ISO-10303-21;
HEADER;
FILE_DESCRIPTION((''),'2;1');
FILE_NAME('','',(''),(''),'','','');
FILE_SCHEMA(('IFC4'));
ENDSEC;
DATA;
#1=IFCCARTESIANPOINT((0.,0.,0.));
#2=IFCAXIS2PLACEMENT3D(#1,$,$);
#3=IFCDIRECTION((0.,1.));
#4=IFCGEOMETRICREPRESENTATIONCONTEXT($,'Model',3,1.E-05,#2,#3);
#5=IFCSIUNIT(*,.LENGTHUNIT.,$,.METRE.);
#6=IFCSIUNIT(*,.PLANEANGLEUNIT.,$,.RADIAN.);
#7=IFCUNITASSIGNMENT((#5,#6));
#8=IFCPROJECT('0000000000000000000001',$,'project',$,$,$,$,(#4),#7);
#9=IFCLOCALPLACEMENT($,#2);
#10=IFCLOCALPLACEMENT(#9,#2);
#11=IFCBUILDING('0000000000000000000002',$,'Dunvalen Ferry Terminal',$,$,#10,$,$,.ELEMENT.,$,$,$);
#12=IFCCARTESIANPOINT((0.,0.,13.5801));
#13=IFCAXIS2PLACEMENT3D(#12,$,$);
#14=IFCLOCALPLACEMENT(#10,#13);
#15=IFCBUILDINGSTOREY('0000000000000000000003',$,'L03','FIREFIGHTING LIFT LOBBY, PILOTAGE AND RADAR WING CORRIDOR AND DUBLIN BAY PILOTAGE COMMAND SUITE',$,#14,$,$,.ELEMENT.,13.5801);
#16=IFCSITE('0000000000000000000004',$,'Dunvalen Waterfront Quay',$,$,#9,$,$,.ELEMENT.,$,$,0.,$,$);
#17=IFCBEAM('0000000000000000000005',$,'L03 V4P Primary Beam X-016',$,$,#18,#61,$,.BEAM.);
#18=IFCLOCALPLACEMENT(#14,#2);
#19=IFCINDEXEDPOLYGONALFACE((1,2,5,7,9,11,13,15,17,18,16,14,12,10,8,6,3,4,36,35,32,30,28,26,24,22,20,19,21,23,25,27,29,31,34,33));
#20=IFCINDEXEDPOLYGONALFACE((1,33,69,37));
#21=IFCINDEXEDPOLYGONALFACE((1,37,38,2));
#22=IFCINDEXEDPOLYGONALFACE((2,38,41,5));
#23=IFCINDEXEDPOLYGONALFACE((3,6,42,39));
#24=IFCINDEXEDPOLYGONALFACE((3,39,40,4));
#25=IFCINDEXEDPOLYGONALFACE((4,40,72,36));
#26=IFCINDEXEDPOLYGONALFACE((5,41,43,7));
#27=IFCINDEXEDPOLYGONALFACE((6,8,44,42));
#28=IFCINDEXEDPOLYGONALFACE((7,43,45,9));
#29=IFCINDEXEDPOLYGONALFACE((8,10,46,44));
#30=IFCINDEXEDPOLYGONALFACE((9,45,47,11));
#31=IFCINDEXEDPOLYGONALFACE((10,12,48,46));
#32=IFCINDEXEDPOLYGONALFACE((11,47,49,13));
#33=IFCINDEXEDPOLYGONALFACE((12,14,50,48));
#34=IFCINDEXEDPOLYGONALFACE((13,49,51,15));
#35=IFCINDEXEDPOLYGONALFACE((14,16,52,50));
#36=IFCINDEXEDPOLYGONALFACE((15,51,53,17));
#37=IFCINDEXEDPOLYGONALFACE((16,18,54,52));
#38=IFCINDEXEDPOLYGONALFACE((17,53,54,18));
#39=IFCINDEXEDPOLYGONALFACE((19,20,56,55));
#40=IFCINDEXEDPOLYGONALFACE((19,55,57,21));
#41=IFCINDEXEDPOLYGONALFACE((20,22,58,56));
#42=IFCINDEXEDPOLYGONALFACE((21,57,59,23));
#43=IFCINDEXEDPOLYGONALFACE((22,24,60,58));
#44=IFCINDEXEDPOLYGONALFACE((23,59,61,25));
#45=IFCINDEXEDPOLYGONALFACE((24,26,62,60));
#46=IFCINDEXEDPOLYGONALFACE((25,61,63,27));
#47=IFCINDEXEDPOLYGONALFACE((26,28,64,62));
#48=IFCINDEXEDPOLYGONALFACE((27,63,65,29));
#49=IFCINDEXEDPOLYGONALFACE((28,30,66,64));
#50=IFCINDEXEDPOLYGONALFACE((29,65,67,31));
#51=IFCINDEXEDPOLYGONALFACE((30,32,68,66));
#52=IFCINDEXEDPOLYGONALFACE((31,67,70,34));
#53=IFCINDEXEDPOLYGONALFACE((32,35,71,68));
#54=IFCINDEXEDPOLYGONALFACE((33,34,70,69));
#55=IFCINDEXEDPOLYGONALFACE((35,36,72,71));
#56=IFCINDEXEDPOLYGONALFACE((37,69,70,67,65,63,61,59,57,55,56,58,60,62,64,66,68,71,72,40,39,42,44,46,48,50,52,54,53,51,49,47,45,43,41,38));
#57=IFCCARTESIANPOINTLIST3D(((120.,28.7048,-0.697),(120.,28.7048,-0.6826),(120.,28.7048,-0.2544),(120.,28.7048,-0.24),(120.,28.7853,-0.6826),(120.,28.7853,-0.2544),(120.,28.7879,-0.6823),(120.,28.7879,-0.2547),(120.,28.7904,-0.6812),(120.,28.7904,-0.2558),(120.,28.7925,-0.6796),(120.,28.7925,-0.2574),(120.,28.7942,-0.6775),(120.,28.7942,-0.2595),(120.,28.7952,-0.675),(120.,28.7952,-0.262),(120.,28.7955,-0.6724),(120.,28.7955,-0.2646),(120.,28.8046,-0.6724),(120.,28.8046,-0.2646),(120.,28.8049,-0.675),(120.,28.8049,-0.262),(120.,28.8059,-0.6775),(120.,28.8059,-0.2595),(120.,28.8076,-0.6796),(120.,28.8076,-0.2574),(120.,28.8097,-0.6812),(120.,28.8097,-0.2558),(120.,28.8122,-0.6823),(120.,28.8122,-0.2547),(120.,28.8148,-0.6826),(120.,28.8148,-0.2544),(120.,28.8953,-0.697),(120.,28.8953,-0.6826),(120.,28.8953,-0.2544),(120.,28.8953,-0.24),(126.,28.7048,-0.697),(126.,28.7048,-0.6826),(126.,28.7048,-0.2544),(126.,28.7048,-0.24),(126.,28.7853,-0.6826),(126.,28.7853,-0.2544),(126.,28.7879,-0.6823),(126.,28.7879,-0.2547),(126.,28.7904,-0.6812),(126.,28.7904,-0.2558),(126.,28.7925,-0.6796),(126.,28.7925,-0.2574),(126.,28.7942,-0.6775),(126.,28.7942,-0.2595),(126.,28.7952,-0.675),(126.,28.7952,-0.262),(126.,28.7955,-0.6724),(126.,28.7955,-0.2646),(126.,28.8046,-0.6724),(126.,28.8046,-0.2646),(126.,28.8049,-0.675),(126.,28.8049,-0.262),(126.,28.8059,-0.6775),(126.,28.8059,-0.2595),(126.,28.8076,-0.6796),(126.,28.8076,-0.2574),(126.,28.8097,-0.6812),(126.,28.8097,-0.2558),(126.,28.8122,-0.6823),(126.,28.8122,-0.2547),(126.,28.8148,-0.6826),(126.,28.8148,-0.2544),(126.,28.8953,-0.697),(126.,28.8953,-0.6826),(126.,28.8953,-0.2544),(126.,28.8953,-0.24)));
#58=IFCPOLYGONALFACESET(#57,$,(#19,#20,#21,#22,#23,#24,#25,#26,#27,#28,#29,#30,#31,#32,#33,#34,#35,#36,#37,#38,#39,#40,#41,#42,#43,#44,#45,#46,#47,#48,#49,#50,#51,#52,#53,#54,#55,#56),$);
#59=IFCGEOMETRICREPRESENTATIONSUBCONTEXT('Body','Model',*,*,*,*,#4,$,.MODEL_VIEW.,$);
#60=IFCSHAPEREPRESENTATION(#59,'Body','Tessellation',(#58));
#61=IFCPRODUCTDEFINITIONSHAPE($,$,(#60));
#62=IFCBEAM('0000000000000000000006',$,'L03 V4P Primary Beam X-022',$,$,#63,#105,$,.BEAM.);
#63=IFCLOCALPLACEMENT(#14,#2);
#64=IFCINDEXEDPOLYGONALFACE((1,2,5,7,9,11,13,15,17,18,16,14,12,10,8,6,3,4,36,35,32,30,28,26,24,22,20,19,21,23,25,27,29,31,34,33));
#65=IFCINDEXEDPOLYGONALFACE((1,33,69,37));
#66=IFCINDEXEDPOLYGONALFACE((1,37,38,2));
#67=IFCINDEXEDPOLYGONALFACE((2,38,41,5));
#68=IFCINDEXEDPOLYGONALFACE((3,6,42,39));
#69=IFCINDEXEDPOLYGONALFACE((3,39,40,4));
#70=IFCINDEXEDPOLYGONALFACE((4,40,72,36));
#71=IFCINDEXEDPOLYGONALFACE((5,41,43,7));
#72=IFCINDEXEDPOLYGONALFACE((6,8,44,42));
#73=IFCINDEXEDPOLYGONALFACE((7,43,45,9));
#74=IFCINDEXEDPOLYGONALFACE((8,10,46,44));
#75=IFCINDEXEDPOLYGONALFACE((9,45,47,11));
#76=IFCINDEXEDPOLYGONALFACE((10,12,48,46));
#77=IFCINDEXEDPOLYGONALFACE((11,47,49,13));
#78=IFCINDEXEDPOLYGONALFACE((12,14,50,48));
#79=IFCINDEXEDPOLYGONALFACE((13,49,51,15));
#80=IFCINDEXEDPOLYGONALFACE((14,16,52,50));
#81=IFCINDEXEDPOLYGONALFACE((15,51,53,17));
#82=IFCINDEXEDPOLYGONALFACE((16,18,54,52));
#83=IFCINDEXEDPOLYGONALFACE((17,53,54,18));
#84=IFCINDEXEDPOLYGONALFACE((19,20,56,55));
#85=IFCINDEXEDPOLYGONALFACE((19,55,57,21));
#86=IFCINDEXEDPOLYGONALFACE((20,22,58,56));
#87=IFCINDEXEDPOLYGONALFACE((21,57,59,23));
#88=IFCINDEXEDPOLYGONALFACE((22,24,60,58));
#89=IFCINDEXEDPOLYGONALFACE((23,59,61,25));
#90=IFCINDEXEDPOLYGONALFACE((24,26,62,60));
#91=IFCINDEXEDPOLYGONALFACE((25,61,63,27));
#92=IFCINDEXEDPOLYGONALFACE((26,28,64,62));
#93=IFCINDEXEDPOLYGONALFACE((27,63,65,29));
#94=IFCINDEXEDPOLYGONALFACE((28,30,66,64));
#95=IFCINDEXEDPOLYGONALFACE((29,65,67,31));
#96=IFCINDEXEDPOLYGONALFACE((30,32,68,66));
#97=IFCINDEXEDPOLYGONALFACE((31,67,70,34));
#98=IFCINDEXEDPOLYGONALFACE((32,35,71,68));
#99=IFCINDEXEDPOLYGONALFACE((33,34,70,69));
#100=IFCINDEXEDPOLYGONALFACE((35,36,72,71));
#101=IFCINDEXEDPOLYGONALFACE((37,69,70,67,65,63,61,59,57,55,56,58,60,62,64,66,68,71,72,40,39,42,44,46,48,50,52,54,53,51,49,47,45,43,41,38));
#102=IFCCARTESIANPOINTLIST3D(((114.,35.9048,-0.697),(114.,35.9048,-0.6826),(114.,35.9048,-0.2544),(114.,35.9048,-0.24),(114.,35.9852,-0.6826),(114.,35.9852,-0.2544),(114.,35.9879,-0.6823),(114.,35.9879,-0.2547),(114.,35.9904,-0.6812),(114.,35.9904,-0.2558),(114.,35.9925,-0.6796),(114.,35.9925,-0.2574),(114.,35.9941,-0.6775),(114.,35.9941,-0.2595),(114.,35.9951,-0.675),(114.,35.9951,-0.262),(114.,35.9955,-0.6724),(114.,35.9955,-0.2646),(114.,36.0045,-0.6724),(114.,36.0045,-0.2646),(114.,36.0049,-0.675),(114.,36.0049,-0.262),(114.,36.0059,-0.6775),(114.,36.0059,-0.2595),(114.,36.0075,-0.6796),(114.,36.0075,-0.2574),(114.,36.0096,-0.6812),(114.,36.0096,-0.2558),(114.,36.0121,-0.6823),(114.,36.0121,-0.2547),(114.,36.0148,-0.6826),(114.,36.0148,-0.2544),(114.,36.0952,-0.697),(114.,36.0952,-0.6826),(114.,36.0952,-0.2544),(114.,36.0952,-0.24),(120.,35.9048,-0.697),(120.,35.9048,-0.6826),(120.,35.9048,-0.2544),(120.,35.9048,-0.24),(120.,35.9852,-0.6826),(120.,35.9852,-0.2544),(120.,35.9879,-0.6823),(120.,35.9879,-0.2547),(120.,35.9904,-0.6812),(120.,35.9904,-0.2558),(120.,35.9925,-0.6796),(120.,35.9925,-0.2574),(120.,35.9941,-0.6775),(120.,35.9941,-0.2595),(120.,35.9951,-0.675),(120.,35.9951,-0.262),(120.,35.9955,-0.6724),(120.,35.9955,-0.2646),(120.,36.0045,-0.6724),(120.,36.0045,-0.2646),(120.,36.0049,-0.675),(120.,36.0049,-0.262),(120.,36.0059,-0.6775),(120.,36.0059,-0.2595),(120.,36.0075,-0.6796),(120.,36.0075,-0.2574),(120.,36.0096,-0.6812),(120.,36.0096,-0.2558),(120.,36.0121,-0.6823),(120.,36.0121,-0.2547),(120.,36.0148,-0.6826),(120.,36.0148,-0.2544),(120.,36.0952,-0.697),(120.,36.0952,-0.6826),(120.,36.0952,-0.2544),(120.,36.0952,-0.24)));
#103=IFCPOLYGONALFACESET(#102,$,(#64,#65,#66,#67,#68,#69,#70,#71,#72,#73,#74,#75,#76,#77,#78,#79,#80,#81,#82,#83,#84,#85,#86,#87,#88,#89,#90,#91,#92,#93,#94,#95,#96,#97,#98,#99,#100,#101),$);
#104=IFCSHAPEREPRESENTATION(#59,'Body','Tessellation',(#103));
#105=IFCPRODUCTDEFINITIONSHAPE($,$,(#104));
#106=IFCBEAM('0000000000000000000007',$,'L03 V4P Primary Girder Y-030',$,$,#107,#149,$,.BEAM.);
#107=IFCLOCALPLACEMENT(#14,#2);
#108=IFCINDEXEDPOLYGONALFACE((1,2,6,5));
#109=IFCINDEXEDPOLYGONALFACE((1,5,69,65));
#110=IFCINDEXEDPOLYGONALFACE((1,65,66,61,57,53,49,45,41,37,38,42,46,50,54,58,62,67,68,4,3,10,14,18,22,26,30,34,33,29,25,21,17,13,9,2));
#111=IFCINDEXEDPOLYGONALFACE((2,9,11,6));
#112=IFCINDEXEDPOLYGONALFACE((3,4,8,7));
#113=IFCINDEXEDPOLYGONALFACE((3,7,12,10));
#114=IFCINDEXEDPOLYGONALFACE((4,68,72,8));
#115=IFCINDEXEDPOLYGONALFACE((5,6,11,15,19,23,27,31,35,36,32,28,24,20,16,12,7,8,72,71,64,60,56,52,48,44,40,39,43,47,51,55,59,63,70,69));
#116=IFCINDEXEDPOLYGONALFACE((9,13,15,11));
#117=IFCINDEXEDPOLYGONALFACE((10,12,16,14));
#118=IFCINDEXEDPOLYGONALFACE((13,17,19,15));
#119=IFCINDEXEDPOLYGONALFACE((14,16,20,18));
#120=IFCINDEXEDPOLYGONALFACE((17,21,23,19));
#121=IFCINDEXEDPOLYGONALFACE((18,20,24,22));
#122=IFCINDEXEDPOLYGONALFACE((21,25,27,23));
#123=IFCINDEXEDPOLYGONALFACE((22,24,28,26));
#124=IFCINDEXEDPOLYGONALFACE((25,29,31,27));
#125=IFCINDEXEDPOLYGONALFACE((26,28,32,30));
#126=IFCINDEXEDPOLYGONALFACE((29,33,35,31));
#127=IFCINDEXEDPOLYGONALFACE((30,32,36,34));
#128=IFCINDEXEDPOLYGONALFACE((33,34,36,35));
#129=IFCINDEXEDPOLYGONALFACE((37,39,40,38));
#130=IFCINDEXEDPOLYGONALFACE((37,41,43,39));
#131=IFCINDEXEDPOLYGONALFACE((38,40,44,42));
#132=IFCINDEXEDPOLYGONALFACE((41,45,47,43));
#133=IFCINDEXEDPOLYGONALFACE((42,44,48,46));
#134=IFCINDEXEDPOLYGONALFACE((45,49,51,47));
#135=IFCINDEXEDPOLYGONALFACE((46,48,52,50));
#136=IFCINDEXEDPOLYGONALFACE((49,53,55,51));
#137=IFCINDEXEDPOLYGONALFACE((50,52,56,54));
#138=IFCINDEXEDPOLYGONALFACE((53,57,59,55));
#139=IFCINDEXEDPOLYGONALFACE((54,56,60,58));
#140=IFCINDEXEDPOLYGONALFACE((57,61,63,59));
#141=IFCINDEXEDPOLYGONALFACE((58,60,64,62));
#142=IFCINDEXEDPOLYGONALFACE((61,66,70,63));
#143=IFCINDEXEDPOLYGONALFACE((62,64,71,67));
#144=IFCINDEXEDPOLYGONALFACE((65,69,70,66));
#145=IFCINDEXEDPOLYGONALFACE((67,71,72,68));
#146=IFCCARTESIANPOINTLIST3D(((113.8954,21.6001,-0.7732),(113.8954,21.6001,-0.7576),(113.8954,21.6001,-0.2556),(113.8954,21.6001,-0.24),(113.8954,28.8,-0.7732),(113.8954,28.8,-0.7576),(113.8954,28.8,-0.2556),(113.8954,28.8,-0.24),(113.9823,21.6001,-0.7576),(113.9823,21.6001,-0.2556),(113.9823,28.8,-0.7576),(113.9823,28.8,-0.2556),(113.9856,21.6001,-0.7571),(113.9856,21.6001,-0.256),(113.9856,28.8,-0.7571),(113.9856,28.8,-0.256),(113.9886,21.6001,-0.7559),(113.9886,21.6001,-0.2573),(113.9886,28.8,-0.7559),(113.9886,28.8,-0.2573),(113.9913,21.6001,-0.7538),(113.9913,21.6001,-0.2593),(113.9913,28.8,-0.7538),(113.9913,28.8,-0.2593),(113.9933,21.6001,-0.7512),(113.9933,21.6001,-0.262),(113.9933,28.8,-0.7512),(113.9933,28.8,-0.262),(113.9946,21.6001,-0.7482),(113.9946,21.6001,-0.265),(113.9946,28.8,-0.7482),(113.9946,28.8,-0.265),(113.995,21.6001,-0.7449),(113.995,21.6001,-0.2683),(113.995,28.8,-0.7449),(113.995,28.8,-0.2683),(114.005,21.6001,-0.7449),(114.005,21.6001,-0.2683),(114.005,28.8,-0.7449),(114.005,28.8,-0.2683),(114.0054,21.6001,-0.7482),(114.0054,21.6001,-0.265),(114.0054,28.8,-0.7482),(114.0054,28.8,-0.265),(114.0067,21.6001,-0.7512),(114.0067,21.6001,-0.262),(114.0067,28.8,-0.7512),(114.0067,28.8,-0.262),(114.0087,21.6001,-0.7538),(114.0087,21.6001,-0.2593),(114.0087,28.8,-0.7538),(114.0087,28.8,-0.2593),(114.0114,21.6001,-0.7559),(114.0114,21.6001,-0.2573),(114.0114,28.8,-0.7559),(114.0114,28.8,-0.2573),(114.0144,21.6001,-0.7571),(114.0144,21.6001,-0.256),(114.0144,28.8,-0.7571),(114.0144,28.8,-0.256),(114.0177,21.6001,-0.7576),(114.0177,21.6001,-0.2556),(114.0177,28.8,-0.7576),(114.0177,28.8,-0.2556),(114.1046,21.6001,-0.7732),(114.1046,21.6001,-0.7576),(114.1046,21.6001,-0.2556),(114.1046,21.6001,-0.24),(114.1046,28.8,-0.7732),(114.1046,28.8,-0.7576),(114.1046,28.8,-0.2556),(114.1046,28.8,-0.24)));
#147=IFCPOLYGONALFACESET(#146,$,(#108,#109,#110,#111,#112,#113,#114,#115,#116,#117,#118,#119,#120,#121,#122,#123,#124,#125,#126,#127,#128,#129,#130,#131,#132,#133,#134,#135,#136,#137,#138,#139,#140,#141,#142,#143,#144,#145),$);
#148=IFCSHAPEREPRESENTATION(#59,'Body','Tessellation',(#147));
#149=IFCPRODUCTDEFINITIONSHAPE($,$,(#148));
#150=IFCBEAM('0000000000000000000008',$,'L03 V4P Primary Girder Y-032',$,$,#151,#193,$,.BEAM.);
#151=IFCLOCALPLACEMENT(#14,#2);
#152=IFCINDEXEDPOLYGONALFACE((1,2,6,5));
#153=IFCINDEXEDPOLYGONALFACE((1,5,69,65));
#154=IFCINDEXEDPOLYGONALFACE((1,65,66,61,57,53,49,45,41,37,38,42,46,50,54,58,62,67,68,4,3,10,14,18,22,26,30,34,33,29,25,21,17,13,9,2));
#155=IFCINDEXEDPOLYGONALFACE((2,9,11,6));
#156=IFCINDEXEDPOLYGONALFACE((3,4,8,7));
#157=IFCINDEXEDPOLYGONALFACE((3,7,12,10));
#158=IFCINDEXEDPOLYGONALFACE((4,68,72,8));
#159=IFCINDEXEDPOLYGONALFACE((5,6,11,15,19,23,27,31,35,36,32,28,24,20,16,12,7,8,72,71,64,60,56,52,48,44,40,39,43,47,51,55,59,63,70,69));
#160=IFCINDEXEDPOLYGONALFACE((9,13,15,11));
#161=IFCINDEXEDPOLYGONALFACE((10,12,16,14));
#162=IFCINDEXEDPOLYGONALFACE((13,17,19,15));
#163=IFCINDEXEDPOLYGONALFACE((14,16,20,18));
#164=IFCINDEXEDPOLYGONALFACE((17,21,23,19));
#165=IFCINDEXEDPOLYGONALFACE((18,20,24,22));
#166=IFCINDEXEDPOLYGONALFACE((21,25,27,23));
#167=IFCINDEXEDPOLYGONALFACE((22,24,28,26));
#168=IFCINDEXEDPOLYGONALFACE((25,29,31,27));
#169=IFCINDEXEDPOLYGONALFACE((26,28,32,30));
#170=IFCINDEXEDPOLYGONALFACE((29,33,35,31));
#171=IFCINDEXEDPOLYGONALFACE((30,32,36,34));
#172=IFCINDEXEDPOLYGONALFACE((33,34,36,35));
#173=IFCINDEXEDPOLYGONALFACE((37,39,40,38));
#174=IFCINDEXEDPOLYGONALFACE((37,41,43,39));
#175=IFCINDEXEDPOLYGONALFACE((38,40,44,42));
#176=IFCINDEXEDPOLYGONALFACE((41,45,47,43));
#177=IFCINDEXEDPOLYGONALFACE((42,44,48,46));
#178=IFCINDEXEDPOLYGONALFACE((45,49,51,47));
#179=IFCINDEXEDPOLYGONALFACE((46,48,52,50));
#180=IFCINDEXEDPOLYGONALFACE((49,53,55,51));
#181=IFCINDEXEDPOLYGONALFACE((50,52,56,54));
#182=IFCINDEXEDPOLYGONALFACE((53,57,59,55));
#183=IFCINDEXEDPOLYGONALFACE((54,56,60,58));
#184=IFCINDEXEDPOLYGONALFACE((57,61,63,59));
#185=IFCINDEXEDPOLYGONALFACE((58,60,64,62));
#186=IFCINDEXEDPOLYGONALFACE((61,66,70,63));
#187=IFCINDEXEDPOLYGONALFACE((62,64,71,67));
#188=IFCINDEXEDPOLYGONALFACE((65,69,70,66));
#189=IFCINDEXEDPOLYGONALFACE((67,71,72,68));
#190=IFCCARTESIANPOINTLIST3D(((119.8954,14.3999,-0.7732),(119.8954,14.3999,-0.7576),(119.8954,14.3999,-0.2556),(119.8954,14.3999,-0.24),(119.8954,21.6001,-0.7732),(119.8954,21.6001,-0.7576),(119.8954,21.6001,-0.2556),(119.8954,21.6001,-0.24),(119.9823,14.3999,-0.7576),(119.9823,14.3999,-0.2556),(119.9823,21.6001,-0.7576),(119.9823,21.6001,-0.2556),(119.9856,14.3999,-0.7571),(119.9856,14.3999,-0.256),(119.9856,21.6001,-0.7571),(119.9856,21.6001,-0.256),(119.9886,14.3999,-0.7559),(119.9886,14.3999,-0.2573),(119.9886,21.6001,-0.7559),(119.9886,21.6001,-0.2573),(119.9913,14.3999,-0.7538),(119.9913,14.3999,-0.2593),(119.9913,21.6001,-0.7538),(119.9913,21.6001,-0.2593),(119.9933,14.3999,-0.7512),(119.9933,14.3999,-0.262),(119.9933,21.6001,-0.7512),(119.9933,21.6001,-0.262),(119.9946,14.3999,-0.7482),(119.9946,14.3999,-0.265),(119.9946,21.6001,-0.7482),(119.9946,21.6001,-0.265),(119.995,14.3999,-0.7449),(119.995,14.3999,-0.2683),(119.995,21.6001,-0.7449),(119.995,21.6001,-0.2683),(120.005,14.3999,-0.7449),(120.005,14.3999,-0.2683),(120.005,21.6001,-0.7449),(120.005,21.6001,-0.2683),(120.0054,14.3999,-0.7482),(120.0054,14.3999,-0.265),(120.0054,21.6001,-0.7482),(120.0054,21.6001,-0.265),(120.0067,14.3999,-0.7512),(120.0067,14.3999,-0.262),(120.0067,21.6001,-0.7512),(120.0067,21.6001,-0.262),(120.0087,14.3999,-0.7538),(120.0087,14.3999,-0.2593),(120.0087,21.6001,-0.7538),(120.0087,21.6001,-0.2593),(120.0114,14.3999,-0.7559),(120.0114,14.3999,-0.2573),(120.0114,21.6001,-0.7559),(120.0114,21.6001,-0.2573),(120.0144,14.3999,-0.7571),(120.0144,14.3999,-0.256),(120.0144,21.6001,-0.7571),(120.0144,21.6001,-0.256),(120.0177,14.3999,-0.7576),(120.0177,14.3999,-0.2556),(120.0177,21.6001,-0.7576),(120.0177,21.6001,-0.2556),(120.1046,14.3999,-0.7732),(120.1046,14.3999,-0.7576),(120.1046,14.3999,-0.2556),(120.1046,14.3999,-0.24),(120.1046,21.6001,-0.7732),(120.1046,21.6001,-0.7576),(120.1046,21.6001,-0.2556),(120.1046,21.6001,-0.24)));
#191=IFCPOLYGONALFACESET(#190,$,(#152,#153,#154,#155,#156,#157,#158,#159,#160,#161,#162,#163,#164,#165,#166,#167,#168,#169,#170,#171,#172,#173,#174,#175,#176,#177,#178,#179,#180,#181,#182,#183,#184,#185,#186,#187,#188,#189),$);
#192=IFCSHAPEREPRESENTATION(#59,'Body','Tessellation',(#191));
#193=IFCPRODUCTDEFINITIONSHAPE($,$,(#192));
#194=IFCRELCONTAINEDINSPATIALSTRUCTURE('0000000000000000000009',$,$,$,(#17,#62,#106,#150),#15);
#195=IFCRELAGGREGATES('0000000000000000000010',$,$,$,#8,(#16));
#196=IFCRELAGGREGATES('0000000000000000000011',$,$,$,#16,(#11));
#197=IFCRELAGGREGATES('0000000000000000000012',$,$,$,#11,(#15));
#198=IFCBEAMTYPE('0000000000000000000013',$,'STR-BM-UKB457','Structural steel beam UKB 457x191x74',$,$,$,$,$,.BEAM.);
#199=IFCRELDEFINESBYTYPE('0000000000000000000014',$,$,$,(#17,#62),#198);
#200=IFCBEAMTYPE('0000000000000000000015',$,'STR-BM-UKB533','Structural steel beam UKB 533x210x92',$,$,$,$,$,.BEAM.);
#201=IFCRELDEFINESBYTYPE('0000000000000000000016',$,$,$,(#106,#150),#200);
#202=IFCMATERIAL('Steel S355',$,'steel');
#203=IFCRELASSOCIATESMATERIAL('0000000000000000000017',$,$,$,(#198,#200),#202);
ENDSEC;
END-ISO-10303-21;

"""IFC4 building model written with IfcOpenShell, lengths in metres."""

from ifc_helpers import new_model, si_unit, direction, frame, origin, origin_2d, place, context, subcontext, project, spatial, i_section, extrude, material, material_profile, profile_set, type_object, element, save


model = new_model("IFC4")

# Units and contexts
model_context = context("Model", 3, precision=1e-05, world=origin(), true_north=direction((0.0, 1.0)))
body_context = subcontext(model_context, "Body", "Model", "MODEL_VIEW")
ifc_project = project(units=[si_unit("LENGTHUNIT", "METRE"), si_unit("PLANEANGLEUNIT", "RADIAN")], contexts=[model_context])

# Site, building, storey
site_placement = place(None, origin())
site = spatial("IfcSite", under=ifc_project, at=site_placement, Name="Dunvalen Waterfront Quay", CompositionType="ELEMENT", RefElevation=0.0)
building_placement = place(site_placement, origin())
building = spatial("IfcBuilding", under=site, at=building_placement, Name="Dunvalen Ferry Terminal", CompositionType="ELEMENT")
storey_placement = place(building_placement, frame((0.0, 0.0, 13.5801)))
storey = spatial("IfcBuildingStorey", under=building, at=storey_placement, Name="L03", Description="FIREFIGHTING LIFT LOBBY, PILOTAGE AND RADAR WING CORRIDOR AND DUBLIN BAY PILOTAGE COMMAND SUITE", CompositionType="ELEMENT", Elevation=13.5801)

# Beams
ifc_material_1 = material(Name="Steel S355", Category="steel")
ifc_material_profile_1 = material_profile(ifc_material_1, i_section(OverallWidth=0.1904, OverallDepth=0.457, WebThickness=0.009, FlangeThickness=0.0144, FilletRadius=0.0103, at=origin_2d()), Name="Steel S355")
ifc_profile_set_1 = profile_set([ifc_material_profile_1], Name="Steel S355")
beam_type_1 = type_object("IfcBeamType", Name="STR-BM-UKB457", Description="Structural steel beam UKB 457x191x74", PredefinedType="BEAM", material=ifc_profile_set_1)
for number, where, z_axis, x_axis, name in (
    (1, (120.0, 28.8, -0.4685), (1.0, 0.0, 0.0), (0.0, 1.0, 0.0), "L03 V4P Primary Beam X-016"),
    (2, (114.0, 36.0, -0.4685), (1.0, 0.0, 0.0), (0.0, 1.0, 0.0), "L03 V4P Primary Beam X-022"),
):
    element("IfcBeam", number, at=place(storey_placement, frame(where, z_axis=z_axis, x_axis=x_axis)), inside=storey, type_object=beam_type_1, Name=name, PredefinedType="BEAM", context=body_context, shape_type="SweptSolid", body=[
        extrude(i_section(OverallWidth=0.1904, OverallDepth=0.457, WebThickness=0.009, FlangeThickness=0.0144, FilletRadius=0.0103, at=origin_2d()), origin(), (0.0, 0.0, 1.0), 6.0),
    ])
ifc_material_profile_2 = material_profile(ifc_material_1, i_section(OverallWidth=0.2092, OverallDepth=0.5332, WebThickness=0.01, FlangeThickness=0.0156, FilletRadius=0.0127, at=origin_2d()), Name="Steel S355")
ifc_profile_set_2 = profile_set([ifc_material_profile_2], Name="Steel S355")
beam_type_2 = type_object("IfcBeamType", Name="STR-BM-UKB533", Description="Structural steel beam UKB 533x210x92", PredefinedType="BEAM", material=ifc_profile_set_2)
beam_1_placement = place(storey_placement, frame((114.0, 21.6001, -0.5066), z_axis=(0.0, 1.0, 0.0), x_axis=(-1.0, 0.0, 0.0)))
element("IfcBeam", 3, at=beam_1_placement, inside=storey, type_object=beam_type_2, Name="L03 V4P Primary Girder Y-030", PredefinedType="BEAM", context=body_context, shape_type="SweptSolid", body=[
    extrude(i_section(OverallWidth=0.2092, OverallDepth=0.5332, WebThickness=0.01, FlangeThickness=0.0156, FilletRadius=0.0127, at=origin_2d()), origin(), (0.0, 0.0, 1.0), 7.2),
])
beam_2_placement = place(storey_placement, frame((120.0, 14.3999, -0.5066), z_axis=(0.0, 1.0, 0.0), x_axis=(-1.0, 0.0, 0.0)))
element("IfcBeam", 4, at=beam_2_placement, inside=storey, type_object=beam_type_2, Name="L03 V4P Primary Girder Y-032", PredefinedType="BEAM", context=body_context, shape_type="SweptSolid", body=[
    extrude(i_section(OverallWidth=0.2092, OverallDepth=0.5332, WebThickness=0.01, FlangeThickness=0.0156, FilletRadius=0.0127, at=origin_2d()), origin(), (0.0, 0.0, 1.0), 7.2002),
])

save(model, "model.ifc")
